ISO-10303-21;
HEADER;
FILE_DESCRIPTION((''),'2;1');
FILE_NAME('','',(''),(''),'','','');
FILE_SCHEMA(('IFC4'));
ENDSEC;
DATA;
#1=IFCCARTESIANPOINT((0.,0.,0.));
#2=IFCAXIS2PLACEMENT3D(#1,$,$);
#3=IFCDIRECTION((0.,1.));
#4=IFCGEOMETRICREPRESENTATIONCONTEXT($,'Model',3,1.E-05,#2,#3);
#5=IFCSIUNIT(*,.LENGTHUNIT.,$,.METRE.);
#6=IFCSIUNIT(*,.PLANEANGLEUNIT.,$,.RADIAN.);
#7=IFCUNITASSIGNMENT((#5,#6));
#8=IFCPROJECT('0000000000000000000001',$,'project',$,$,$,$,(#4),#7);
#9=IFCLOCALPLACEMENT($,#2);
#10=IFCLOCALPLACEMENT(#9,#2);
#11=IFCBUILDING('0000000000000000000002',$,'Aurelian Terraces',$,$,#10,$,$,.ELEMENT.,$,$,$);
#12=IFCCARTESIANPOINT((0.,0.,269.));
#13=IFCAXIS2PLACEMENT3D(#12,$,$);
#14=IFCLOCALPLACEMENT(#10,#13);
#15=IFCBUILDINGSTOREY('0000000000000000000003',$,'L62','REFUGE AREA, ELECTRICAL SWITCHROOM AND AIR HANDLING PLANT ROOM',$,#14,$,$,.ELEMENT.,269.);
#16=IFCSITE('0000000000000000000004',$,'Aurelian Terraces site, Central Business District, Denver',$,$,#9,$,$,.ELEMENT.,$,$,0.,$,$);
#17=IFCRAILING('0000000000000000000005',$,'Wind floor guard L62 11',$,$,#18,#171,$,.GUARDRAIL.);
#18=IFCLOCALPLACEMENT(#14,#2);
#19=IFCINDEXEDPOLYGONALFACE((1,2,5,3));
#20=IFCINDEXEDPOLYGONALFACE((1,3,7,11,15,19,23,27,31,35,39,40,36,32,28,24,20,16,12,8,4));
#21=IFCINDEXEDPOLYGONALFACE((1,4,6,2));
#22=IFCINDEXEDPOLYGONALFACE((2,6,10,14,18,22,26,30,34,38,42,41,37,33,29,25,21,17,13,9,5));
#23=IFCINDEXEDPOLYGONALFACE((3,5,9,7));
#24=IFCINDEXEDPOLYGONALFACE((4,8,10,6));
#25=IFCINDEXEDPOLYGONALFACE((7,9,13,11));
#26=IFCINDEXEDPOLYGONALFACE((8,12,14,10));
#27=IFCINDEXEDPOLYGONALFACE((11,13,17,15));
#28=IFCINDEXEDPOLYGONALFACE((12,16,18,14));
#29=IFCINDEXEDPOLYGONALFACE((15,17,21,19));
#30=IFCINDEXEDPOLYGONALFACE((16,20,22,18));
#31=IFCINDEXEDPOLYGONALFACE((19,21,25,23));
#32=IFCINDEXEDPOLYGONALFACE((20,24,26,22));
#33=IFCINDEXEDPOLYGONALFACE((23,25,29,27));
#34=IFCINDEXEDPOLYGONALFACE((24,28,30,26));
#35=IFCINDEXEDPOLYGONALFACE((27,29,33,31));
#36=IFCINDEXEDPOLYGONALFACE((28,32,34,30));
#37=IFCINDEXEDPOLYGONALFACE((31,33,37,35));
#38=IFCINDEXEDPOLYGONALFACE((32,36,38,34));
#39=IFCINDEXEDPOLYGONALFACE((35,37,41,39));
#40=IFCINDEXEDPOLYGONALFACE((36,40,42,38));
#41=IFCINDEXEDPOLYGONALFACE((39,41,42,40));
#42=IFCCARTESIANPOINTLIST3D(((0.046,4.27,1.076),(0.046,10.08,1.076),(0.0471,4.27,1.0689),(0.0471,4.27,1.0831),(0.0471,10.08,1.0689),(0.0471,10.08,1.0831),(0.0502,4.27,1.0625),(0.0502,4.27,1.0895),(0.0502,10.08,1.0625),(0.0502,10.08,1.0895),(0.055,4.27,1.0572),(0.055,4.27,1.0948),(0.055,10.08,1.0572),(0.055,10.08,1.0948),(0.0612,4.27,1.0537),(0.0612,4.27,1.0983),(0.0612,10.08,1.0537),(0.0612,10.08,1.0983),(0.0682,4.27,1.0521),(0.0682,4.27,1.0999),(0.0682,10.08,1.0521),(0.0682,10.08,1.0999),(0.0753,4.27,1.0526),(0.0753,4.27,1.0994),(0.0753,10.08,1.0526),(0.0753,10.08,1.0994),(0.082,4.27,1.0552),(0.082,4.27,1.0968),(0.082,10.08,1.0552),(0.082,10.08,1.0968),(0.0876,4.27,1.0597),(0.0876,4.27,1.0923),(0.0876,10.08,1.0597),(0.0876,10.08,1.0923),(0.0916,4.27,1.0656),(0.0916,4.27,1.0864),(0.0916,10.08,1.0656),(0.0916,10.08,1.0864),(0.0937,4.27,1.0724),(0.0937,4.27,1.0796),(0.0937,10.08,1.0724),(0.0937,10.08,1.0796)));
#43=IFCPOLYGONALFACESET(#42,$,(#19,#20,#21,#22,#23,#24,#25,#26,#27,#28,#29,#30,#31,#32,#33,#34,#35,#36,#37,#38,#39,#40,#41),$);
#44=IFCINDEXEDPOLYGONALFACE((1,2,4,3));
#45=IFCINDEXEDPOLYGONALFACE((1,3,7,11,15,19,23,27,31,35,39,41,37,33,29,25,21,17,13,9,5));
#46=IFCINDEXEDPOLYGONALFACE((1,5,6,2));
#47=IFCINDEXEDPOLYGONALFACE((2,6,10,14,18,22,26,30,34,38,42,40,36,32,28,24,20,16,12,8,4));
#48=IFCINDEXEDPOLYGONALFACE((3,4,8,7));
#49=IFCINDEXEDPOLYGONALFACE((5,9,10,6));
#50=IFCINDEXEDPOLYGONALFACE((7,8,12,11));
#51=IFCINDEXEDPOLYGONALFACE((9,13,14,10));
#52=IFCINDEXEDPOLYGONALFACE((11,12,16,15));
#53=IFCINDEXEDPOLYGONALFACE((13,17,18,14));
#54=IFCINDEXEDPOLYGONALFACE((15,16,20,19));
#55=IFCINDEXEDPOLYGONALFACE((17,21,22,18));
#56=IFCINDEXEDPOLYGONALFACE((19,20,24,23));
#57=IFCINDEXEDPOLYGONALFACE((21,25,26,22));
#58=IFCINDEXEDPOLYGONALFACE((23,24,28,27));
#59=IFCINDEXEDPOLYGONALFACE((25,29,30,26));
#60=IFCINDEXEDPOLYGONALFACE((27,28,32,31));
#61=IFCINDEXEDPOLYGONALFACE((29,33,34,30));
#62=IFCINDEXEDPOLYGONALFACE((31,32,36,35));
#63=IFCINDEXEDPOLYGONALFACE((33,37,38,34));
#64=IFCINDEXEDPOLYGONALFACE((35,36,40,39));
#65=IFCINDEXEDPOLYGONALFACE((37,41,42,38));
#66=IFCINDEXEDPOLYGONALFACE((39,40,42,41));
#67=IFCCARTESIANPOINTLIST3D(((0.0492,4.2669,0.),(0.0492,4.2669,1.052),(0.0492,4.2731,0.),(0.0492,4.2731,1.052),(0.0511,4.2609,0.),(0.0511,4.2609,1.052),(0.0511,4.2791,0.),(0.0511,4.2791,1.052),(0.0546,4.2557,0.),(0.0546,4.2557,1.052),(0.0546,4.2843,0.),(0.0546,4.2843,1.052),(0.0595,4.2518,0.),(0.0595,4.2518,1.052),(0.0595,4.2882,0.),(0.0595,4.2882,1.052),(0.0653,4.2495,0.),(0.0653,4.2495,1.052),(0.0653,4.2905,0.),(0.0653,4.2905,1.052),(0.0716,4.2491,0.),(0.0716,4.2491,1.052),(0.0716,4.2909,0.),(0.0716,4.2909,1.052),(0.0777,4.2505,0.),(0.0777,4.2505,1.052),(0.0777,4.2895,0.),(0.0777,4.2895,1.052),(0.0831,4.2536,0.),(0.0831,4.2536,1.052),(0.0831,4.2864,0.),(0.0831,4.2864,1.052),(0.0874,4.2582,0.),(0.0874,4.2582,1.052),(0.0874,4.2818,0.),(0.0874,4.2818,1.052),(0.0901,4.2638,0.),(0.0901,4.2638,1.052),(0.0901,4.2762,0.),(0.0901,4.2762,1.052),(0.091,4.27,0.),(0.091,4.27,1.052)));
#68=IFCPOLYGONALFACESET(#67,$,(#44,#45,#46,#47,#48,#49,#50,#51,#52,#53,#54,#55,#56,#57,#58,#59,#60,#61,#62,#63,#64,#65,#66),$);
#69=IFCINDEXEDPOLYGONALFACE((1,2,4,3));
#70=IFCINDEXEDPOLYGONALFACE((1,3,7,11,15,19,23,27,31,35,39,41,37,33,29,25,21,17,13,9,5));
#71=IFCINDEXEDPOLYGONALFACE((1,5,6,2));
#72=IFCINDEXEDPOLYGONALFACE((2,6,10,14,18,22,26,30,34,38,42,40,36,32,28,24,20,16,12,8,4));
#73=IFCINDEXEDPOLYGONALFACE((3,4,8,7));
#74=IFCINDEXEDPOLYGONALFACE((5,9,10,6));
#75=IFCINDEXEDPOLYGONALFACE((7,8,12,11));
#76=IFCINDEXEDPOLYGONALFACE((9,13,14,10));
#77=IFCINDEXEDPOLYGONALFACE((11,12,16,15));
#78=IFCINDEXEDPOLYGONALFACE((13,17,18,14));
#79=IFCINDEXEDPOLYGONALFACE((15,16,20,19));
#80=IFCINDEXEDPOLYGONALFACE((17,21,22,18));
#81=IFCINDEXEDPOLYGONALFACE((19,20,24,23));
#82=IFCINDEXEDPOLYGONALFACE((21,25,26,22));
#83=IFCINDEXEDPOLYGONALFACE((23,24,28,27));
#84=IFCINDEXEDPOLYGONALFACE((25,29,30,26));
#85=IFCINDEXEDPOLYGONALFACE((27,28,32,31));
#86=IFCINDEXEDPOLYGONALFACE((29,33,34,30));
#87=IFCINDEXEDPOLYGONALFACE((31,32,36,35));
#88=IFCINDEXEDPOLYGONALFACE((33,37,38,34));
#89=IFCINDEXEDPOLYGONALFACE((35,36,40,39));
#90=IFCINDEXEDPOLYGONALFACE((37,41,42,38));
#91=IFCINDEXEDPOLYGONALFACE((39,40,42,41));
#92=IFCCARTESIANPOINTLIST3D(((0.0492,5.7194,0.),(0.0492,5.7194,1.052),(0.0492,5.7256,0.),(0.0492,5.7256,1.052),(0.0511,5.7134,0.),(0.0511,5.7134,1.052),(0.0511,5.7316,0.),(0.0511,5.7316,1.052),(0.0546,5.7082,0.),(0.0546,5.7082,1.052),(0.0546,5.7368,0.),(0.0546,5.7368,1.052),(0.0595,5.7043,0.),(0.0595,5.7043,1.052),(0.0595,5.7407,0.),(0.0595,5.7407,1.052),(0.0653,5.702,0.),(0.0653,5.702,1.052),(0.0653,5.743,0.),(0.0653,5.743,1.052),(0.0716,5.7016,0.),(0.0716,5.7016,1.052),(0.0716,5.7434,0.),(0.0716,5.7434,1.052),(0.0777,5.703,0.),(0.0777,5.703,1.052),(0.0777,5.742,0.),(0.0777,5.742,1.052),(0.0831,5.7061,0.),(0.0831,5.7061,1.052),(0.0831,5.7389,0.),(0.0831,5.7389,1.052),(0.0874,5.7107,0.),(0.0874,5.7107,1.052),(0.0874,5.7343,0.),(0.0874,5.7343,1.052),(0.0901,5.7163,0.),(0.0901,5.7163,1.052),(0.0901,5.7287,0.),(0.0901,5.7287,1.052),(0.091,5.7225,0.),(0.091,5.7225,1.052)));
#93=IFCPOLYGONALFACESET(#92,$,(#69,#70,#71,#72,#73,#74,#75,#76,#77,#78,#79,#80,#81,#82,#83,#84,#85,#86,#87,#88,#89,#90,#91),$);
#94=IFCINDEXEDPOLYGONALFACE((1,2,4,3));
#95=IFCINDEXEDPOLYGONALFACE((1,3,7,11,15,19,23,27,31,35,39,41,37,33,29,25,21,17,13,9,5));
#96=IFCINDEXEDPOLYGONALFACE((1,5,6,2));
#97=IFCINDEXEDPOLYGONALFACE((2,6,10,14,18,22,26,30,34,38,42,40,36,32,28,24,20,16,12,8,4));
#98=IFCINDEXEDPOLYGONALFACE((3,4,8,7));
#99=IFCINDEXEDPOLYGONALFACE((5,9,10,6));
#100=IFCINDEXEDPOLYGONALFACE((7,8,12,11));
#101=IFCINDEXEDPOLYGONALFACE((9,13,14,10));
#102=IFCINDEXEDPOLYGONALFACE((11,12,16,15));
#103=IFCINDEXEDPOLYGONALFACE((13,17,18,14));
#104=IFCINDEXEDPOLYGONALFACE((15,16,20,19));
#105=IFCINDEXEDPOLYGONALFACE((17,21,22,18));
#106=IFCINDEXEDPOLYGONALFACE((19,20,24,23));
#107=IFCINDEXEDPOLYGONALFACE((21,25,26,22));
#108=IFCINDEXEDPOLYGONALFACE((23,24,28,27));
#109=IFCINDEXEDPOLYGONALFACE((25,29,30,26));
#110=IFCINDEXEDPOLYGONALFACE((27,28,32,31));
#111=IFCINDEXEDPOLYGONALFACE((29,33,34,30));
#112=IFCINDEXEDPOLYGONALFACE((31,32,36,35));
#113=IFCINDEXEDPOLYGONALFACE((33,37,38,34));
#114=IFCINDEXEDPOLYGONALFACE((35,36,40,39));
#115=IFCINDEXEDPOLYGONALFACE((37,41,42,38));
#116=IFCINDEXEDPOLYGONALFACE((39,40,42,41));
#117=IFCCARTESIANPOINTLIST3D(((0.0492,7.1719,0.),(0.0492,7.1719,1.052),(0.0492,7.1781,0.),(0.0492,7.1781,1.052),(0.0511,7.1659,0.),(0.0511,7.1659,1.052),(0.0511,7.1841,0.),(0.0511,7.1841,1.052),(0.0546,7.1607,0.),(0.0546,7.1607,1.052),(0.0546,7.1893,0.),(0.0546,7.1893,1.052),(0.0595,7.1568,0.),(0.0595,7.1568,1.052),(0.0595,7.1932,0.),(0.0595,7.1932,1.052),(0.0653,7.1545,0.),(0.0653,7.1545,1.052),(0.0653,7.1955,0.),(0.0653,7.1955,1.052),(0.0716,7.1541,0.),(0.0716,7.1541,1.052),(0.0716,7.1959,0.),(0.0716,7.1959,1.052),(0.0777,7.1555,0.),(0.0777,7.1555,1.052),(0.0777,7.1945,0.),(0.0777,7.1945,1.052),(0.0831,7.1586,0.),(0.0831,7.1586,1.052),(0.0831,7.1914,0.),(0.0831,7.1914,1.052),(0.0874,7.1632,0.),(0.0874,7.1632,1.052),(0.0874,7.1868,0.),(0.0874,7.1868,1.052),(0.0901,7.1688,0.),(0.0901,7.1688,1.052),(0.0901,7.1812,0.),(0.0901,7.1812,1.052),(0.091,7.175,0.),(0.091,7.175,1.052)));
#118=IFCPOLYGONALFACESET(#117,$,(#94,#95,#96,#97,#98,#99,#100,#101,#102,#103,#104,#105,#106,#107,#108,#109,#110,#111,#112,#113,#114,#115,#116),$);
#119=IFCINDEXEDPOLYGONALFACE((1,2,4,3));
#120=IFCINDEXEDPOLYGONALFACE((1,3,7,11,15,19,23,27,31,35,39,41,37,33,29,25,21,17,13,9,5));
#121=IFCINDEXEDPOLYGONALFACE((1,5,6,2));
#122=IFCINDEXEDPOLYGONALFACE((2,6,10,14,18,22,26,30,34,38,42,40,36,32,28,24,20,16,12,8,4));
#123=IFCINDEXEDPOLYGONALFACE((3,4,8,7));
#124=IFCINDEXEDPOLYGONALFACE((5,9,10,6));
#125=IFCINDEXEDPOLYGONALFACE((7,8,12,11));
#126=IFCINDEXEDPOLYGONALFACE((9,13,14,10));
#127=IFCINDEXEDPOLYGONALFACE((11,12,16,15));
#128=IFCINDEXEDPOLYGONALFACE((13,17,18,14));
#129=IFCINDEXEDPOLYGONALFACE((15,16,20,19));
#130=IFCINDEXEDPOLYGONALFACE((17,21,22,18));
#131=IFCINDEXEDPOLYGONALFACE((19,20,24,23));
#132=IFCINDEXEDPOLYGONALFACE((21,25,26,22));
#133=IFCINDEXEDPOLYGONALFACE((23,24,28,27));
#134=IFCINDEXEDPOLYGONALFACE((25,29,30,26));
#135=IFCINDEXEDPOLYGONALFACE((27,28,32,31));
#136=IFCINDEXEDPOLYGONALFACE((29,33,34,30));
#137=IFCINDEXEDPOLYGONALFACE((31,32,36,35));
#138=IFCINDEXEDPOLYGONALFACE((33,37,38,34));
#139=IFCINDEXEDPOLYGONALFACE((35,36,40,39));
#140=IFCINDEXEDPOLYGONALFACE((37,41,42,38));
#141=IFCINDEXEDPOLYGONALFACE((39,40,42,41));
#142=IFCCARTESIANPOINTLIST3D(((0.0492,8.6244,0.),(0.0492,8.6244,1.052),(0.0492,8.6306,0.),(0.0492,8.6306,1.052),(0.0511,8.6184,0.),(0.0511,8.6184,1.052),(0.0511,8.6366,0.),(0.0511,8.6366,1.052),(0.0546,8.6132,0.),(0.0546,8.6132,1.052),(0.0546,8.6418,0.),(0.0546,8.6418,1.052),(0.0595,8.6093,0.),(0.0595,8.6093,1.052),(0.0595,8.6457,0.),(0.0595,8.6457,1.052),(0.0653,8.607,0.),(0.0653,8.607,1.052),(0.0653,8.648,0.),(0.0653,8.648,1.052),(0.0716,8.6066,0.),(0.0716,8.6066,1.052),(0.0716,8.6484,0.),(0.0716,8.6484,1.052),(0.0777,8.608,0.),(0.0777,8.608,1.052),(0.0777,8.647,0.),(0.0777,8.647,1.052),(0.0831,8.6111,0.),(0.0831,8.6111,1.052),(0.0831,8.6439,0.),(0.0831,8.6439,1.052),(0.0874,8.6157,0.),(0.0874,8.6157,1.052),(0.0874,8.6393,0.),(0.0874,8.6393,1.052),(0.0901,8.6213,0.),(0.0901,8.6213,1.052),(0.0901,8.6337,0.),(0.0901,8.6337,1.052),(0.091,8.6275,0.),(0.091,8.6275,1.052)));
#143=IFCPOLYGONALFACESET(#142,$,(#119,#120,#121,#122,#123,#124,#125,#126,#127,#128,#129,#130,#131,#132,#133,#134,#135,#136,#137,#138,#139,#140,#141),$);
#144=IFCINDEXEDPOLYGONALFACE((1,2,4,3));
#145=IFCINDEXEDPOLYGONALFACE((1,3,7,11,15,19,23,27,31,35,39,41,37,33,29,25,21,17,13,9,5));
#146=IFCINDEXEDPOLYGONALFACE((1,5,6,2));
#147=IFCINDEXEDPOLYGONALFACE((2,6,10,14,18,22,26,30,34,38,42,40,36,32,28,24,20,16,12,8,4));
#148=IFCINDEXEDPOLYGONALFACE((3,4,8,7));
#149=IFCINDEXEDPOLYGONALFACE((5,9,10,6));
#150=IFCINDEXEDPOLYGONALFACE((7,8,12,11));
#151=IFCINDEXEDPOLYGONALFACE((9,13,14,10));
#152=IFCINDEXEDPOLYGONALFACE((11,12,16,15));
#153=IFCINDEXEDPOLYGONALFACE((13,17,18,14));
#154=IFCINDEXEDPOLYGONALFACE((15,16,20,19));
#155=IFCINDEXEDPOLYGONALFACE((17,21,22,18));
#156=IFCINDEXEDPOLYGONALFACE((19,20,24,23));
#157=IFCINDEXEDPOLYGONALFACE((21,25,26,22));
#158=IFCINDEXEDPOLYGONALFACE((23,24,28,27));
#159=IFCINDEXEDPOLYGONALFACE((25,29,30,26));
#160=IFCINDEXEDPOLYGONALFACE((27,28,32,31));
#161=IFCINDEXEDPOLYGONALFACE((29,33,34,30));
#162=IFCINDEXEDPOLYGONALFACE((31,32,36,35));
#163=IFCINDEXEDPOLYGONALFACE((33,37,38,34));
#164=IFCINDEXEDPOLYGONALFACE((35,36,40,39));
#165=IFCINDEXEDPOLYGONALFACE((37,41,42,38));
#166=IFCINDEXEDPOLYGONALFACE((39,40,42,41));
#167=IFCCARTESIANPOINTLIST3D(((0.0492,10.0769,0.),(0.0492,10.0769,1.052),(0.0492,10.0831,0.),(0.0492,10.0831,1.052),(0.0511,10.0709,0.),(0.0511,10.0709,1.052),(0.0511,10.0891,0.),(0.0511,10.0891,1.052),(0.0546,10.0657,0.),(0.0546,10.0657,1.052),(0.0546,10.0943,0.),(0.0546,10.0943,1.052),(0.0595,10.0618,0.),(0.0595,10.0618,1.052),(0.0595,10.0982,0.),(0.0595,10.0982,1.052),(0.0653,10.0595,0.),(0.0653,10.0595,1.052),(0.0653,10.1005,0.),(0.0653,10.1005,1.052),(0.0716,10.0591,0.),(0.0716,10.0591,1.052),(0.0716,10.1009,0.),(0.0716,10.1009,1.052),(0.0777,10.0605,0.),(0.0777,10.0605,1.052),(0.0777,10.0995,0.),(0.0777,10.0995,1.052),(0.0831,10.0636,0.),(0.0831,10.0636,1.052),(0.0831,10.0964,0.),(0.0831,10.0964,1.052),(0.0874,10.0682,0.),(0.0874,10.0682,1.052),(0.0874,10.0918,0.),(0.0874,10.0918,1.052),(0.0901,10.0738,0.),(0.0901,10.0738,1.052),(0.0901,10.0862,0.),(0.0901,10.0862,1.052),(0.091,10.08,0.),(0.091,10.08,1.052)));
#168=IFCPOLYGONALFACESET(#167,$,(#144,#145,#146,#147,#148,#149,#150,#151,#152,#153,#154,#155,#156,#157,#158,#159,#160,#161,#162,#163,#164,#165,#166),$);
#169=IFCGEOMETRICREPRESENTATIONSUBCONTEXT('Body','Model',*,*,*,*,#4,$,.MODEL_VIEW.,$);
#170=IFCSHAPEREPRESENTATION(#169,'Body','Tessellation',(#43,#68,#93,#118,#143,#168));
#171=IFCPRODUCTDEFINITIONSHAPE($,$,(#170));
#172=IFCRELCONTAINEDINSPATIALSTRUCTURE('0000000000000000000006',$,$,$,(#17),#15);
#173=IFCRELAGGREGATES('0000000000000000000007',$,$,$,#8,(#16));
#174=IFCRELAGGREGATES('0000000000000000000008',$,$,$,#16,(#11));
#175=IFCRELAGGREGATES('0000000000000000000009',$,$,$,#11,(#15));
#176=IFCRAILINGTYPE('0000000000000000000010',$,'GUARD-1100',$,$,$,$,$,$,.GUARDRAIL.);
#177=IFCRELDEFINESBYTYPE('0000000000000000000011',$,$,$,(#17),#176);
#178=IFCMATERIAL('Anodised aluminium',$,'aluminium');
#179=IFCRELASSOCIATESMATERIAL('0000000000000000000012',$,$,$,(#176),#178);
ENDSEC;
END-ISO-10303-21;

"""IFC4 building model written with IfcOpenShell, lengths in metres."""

from ifc_helpers import new_model, si_unit, direction, frame, origin, origin_2d, place, context, subcontext, project, spatial, circle, extrude, material, type_object, element, save


model = new_model("IFC4")

# Units and contexts
model_context = context("Model", 3, precision=1e-05, world=origin(), true_north=direction((0.0, 1.0)))
body_context = subcontext(model_context, "Body", "Model", "MODEL_VIEW")
ifc_project = project(units=[si_unit("LENGTHUNIT", "METRE"), si_unit("PLANEANGLEUNIT", "RADIAN")], contexts=[model_context])

# Site, building, storey
site_placement = place(None, origin())
site = spatial("IfcSite", under=ifc_project, at=site_placement, Name="Aurelian Terraces site, Central Business District, Denver", CompositionType="ELEMENT", RefElevation=0.0)
building_placement = place(site_placement, origin())
building = spatial("IfcBuilding", under=site, at=building_placement, Name="Aurelian Terraces", CompositionType="ELEMENT")
storey_placement = place(building_placement, frame((0.0, 0.0, 269.0)))
storey = spatial("IfcBuildingStorey", under=building, at=storey_placement, Name="L62", Description="REFUGE AREA, ELECTRICAL SWITCHROOM AND AIR HANDLING PLANT ROOM", CompositionType="ELEMENT", Elevation=269.0)

# Railing
ifc_material_1 = material(Name="Anodised aluminium", Category="aluminium")
railing_type = type_object("IfcRailingType", Name="GUARD-1100", PredefinedType="GUARDRAIL", material=ifc_material_1)
railing_1_placement = place(storey_placement, frame((0.07, 4.27, 0.0)))
element("IfcRailing", 1, at=railing_1_placement, inside=storey, type_object=railing_type, Name="Wind floor guard L62 11", PredefinedType="GUARDRAIL", context=body_context, shape_type="SweptSolid", body=[
    extrude(circle(Radius=0.024, at=origin_2d()), frame((0.0, 0.0, 1.076), z_axis=(0.0, 1.0, 0.0), x_axis=(-1.0, 0.0, 0.0)), (0.0, 0.0, 1.0), 5.81),
    extrude(circle(Radius=0.021, at=origin_2d()), origin(), (0.0, 0.0, 1.0), 1.052),
    extrude(circle(Radius=0.021, at=origin_2d()), frame((0.0, 1.4525, 0.0)), (0.0, 0.0, 1.0), 1.052),
    extrude(circle(Radius=0.021, at=origin_2d()), frame((0.0, 2.905, 0.0)), (0.0, 0.0, 1.0), 1.052),
    extrude(circle(Radius=0.021, at=origin_2d()), frame((0.0, 4.3575, 0.0)), (0.0, 0.0, 1.0), 1.052),
    extrude(circle(Radius=0.021, at=origin_2d()), frame((0.0, 5.81, 0.0)), (0.0, 0.0, 1.0), 1.052),
])

save(model, "model.ifc")
